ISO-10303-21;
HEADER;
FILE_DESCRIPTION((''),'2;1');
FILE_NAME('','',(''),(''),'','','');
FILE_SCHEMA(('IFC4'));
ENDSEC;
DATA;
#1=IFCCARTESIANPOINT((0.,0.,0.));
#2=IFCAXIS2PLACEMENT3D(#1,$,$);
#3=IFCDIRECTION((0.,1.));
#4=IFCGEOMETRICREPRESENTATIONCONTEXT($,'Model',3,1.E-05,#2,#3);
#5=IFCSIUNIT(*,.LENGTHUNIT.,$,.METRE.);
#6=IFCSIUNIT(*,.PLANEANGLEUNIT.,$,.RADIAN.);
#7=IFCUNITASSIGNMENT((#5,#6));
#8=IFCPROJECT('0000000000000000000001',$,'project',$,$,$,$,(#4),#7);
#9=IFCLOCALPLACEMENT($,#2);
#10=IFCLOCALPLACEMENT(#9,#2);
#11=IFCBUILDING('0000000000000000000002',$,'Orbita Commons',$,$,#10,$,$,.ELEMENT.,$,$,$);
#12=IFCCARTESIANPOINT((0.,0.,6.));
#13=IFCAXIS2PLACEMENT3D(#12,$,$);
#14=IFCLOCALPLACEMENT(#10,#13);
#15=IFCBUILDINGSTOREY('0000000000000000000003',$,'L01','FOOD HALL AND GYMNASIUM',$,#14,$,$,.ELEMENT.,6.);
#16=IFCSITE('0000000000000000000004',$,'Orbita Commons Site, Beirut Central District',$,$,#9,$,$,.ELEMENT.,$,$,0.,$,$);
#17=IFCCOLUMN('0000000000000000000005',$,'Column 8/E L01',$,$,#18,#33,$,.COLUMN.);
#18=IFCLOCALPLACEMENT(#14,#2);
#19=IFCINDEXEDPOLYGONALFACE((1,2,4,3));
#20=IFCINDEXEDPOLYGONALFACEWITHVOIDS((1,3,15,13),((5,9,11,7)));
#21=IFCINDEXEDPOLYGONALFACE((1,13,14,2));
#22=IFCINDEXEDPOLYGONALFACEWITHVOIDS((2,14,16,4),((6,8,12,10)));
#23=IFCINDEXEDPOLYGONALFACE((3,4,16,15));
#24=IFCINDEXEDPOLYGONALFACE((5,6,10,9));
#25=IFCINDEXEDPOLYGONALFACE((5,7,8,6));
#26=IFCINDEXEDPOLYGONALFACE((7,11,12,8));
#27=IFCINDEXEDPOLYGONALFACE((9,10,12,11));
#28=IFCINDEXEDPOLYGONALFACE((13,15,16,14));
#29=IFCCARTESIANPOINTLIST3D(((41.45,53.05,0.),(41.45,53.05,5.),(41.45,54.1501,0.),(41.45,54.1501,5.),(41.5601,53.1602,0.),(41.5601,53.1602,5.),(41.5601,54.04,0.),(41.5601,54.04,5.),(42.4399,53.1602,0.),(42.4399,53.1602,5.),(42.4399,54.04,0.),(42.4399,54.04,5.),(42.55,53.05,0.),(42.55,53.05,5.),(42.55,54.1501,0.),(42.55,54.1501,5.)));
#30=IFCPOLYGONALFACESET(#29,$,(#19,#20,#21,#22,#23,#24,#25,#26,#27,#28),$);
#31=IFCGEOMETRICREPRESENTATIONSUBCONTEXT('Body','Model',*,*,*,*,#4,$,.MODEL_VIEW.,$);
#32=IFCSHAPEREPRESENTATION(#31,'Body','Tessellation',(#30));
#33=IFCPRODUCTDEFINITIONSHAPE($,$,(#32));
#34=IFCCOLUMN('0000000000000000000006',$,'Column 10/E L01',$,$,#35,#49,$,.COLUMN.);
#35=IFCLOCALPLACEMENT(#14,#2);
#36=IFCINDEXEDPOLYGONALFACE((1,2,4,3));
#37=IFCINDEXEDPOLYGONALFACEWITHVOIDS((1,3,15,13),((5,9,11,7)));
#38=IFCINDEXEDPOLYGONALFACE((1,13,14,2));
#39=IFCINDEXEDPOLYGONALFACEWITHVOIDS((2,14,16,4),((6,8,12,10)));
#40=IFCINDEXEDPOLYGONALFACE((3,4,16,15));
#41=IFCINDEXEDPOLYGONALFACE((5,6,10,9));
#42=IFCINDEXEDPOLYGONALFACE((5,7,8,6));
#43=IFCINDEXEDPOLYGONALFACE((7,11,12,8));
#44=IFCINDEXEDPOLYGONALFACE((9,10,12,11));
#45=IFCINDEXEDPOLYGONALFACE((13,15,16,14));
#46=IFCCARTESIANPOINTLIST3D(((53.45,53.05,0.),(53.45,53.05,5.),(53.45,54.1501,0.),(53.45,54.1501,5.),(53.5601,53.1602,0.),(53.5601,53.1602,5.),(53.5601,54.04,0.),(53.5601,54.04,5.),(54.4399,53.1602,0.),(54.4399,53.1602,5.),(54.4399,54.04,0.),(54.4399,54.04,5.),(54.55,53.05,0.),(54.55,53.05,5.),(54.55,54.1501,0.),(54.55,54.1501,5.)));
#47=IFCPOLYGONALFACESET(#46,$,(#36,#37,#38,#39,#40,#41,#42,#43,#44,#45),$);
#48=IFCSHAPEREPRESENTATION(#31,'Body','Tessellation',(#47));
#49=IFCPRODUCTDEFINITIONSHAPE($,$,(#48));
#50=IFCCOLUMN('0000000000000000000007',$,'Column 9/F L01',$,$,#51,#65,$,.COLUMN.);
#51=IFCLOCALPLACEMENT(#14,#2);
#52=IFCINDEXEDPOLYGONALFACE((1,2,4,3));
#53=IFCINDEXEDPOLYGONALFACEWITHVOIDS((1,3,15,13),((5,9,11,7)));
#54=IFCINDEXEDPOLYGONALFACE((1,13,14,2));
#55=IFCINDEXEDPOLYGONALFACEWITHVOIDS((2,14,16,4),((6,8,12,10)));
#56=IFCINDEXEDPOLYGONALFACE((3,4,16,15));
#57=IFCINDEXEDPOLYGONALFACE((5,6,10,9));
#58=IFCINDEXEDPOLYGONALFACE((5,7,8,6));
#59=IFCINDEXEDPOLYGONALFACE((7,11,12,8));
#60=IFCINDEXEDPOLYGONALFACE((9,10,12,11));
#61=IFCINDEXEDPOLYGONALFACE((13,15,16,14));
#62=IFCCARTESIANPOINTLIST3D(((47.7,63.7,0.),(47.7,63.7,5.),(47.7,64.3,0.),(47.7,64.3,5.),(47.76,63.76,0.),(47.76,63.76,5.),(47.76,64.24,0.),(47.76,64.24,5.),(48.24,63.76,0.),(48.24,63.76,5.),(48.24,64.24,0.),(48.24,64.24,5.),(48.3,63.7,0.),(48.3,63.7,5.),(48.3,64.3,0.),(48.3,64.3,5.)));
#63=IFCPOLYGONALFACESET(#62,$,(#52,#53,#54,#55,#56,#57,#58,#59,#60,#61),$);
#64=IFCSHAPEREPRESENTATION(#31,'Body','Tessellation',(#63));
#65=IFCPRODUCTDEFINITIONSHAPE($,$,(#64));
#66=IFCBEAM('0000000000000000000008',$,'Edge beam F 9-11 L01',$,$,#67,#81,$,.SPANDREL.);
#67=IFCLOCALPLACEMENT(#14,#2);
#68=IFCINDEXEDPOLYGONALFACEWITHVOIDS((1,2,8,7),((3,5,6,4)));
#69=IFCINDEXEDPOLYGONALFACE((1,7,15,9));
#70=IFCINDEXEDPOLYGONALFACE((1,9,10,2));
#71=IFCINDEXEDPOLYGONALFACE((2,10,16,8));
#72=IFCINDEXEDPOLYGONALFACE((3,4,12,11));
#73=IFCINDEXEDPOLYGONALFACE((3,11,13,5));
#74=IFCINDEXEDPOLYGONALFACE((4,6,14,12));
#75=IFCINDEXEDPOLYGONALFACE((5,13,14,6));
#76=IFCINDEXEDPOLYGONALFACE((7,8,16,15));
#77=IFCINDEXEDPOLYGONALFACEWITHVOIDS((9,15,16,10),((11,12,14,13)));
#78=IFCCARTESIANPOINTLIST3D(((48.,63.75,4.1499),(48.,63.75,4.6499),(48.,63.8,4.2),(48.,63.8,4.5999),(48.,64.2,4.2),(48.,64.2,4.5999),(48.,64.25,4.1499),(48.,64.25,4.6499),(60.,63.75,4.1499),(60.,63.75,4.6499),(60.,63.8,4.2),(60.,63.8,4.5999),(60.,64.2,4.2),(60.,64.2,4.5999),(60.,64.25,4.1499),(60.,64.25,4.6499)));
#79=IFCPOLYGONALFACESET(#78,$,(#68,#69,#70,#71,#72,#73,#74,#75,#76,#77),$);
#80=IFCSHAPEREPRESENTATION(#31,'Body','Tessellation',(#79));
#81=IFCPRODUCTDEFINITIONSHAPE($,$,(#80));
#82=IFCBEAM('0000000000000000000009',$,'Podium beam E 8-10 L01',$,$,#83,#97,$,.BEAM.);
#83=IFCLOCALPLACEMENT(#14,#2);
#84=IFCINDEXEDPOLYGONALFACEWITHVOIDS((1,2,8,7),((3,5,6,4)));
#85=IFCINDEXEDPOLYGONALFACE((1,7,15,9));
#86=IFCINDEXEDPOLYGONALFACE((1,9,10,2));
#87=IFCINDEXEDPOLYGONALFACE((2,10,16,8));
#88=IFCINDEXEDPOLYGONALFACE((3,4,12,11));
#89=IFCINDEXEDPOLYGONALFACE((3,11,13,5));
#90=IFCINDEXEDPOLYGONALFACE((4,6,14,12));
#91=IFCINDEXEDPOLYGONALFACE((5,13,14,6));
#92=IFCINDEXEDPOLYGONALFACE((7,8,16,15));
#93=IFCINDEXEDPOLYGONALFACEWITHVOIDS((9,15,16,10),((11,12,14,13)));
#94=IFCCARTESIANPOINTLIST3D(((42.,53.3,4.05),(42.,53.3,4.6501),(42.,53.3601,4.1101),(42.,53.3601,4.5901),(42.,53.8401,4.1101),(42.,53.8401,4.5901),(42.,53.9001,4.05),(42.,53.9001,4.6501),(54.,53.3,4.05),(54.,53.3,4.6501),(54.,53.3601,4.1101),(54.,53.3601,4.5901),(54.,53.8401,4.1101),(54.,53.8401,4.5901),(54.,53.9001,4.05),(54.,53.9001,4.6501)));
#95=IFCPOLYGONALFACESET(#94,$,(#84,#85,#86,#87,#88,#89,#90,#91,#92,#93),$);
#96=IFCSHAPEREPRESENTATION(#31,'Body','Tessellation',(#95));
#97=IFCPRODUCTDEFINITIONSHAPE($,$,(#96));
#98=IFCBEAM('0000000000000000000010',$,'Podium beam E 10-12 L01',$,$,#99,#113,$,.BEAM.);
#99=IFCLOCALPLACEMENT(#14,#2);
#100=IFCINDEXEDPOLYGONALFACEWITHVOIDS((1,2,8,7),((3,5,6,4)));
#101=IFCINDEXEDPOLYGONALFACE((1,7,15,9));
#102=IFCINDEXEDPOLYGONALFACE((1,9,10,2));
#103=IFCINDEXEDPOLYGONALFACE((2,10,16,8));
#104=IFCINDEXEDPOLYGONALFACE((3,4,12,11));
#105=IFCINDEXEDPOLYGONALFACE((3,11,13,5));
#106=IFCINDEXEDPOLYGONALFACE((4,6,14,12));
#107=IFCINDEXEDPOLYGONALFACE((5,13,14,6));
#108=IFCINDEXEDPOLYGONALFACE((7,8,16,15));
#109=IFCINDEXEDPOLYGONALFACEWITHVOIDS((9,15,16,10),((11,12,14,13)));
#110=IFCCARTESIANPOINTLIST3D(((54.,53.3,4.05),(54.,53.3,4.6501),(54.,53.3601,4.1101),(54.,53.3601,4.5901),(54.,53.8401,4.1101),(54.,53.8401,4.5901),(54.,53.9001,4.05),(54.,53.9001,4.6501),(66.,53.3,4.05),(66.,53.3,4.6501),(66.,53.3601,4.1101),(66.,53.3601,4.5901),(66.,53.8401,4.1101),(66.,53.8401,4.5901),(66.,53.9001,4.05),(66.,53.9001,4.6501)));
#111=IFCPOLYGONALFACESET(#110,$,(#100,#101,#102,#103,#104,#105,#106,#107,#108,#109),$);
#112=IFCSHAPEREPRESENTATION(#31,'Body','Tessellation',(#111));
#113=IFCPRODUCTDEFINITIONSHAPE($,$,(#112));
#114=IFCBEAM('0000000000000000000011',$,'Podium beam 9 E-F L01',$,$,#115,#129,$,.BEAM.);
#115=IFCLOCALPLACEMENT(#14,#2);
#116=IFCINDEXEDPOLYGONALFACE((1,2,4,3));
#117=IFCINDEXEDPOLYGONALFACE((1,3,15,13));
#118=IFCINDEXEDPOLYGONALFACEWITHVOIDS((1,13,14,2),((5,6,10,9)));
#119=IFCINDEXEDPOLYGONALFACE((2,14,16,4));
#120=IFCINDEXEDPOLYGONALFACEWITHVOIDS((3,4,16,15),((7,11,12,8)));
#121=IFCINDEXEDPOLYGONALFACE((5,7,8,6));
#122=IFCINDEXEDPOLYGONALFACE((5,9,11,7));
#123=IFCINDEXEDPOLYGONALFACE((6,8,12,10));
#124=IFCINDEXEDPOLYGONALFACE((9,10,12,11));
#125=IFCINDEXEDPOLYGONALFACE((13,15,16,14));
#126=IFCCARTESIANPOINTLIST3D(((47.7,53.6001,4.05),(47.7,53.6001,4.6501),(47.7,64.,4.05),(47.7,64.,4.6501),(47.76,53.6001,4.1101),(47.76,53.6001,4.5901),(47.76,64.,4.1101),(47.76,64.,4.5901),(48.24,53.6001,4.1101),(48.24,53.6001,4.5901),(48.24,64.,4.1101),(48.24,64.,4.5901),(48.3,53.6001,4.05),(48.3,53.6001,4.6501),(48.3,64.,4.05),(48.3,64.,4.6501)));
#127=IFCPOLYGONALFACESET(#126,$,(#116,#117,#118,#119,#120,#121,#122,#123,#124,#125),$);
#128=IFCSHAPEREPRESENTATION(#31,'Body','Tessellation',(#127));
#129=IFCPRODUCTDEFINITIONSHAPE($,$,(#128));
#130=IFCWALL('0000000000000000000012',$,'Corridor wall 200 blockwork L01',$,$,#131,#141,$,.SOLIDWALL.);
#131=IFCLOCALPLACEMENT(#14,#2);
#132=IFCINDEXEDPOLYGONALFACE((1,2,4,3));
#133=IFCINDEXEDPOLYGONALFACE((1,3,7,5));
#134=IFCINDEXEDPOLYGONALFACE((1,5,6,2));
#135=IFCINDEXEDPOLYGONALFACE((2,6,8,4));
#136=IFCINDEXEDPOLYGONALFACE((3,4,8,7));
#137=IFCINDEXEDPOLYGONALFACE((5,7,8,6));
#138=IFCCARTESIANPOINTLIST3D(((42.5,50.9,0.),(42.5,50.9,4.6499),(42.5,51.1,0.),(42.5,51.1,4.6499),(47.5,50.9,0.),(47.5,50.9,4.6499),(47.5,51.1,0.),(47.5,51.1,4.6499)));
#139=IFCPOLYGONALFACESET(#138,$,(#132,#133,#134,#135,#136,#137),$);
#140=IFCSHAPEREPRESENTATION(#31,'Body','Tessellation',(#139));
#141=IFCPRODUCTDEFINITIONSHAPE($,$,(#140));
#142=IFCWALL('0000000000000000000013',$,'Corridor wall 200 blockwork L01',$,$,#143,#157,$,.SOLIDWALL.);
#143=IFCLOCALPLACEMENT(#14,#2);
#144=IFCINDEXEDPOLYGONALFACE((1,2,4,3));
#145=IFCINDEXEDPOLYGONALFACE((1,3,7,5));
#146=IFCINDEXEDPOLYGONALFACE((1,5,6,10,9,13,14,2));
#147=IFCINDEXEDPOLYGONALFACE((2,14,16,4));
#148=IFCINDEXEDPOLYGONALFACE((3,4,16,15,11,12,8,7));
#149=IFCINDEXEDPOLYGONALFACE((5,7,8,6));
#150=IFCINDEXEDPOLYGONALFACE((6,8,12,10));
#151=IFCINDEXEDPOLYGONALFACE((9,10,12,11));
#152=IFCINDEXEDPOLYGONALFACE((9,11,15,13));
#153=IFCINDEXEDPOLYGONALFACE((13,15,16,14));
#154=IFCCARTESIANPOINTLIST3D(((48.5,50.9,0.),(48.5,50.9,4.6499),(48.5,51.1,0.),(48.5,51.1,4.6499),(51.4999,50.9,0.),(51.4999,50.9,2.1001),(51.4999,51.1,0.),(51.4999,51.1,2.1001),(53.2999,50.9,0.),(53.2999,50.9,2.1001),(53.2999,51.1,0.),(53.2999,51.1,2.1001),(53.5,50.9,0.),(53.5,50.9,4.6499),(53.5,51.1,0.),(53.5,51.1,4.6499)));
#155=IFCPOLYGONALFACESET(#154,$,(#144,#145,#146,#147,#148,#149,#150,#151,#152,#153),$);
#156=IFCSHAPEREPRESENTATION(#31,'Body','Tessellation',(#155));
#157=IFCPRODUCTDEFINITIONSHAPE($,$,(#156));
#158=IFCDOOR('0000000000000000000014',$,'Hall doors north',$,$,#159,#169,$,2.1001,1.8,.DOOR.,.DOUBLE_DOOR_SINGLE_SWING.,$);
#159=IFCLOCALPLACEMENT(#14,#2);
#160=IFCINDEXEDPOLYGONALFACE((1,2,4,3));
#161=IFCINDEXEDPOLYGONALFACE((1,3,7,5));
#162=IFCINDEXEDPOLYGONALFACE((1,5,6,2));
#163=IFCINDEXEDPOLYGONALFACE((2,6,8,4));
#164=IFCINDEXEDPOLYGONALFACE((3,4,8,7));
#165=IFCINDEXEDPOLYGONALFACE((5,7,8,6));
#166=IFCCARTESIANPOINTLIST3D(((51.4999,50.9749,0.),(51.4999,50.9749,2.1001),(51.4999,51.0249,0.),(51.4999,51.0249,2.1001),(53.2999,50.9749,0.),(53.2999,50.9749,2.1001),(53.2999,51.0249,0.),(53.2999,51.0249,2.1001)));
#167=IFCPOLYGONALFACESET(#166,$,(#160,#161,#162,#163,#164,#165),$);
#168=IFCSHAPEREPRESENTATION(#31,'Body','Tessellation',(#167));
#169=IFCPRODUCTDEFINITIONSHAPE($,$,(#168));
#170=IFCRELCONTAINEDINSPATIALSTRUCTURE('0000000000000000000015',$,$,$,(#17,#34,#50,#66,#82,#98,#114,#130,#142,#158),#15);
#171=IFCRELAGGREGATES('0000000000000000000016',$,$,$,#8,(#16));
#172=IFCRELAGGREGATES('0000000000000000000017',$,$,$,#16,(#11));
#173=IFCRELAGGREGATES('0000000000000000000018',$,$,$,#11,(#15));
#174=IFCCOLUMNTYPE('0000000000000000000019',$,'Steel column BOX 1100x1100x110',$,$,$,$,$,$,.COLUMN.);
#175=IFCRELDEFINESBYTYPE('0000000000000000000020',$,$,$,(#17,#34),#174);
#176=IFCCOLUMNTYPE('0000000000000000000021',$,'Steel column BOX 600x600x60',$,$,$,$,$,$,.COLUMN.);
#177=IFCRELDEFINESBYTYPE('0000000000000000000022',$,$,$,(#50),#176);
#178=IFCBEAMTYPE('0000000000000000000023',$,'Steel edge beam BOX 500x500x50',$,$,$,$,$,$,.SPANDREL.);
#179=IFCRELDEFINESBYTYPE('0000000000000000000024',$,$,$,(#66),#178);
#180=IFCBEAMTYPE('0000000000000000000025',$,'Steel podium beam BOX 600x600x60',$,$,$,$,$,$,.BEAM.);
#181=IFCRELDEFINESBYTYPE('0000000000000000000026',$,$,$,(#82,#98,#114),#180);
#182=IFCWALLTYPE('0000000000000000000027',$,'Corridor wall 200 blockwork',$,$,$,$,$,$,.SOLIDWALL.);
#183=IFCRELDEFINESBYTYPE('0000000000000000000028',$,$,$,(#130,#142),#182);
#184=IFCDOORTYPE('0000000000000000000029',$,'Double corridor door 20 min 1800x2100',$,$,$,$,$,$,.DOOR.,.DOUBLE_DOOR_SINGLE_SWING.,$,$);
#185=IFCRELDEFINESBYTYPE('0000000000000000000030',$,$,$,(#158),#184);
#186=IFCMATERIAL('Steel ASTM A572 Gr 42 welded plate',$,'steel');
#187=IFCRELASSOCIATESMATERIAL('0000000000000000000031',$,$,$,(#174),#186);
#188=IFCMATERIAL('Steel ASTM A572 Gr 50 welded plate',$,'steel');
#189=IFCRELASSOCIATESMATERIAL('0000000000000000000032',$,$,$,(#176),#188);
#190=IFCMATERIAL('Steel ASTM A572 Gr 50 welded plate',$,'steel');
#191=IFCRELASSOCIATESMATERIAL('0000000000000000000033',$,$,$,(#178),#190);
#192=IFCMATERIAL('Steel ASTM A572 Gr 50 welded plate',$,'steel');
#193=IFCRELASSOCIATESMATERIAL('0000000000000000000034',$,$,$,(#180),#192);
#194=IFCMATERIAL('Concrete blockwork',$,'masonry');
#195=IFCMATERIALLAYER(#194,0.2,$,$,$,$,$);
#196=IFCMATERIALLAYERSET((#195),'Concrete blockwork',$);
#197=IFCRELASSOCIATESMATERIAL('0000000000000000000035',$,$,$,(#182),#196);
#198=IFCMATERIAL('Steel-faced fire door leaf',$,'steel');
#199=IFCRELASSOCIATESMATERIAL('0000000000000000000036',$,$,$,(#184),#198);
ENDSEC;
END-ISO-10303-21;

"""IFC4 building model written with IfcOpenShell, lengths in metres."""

from ifc_helpers import new_model, si_unit, direction, frame, frame_2d, origin, origin_2d, place, context, subcontext, project, spatial, rectangle, hollow_rectangle, extrude, material, layer, layer_set, material_profile, profile_set, type_object, element, fill, save


model = new_model("IFC4")

# Units and contexts
model_context = context("Model", 3, precision=1e-05, world=origin(), true_north=direction((0.0, 1.0)))
body_context = subcontext(model_context, "Body", "Model", "MODEL_VIEW")
ifc_project = project(units=[si_unit("LENGTHUNIT", "METRE"), si_unit("PLANEANGLEUNIT", "RADIAN")], contexts=[model_context])

# Site, building, storey
site_placement = place(None, origin())
site = spatial("IfcSite", under=ifc_project, at=site_placement, Name="Orbita Commons Site, Beirut Central District", CompositionType="ELEMENT", RefElevation=0.0)
building_placement = place(site_placement, origin())
building = spatial("IfcBuilding", under=site, at=building_placement, Name="Orbita Commons", CompositionType="ELEMENT")
storey_placement = place(building_placement, frame((0.0, 0.0, 6.0)))
storey = spatial("IfcBuildingStorey", under=building, at=storey_placement, Name="L01", Description="FOOD HALL AND GYMNASIUM", CompositionType="ELEMENT", Elevation=6.0)

# Columns
ifc_material_1 = material(Name="Steel ASTM A572 Gr 42 welded plate", Category="steel")
ifc_material_profile_1 = material_profile(ifc_material_1, hollow_rectangle(XDim=1.1001, YDim=1.1001, WallThickness=0.1101, at=origin_2d()), Name="BOX 1100x1100x110")
ifc_profile_set_1 = profile_set([ifc_material_profile_1], Name="Steel ASTM A572 Gr 42 welded plate")
column_type_1 = type_object("IfcColumnType", Name="Steel column BOX 1100x1100x110", PredefinedType="COLUMN", material=ifc_profile_set_1)
for number, where, z_axis, x_axis, name in (
    (1, (42.0, 53.6001, 0.0), (0.0, 0.0, 1.0), (1.0, 0.0, 0.0), "Column 8/E L01"),
    (2, (54.0, 53.6001, 0.0), (0.0, 0.0, 1.0), (1.0, 0.0, 0.0), "Column 10/E L01"),
):
    element("IfcColumn", number, at=place(storey_placement, frame(where, z_axis=z_axis, x_axis=x_axis)), inside=storey, type_object=column_type_1, Name=name, PredefinedType="COLUMN", context=body_context, shape_type="SweptSolid", body=[
        extrude(hollow_rectangle(XDim=1.1001, YDim=1.1001, WallThickness=0.1101, at=origin_2d()), origin(), (0.0, 0.0, 1.0), 5.0),
    ])
ifc_material_2 = material(Name="Steel ASTM A572 Gr 50 welded plate", Category="steel")
ifc_material_profile_2 = material_profile(ifc_material_2, hollow_rectangle(XDim=0.6001, YDim=0.6001, WallThickness=0.0601, at=origin_2d()), Name="BOX 600x600x60")
ifc_profile_set_2 = profile_set([ifc_material_profile_2], Name="Steel ASTM A572 Gr 50 welded plate")
column_type_2 = type_object("IfcColumnType", Name="Steel column BOX 600x600x60", PredefinedType="COLUMN", material=ifc_profile_set_2)
column_placement = place(storey_placement, frame((48.0, 64.0, 0.0), z_axis=(0.0, 0.0, 1.0), x_axis=(1.0, 0.0, 0.0)))
element("IfcColumn", 3, at=column_placement, inside=storey, type_object=column_type_2, Name="Column 9/F L01", PredefinedType="COLUMN", context=body_context, shape_type="SweptSolid", body=[
    extrude(hollow_rectangle(XDim=0.6001, YDim=0.6001, WallThickness=0.0601, at=origin_2d()), origin(), (0.0, 0.0, 1.0), 5.0),
])

# Beams
ifc_material_3 = material(Name="Steel ASTM A572 Gr 50 welded plate", Category="steel")
ifc_material_profile_3 = material_profile(ifc_material_3, hollow_rectangle(XDim=0.5, YDim=0.5, WallThickness=0.05, at=origin_2d()), Name="BOX 500x500x50")
ifc_profile_set_3 = profile_set([ifc_material_profile_3], Name="Steel ASTM A572 Gr 50 welded plate")
beam_type_1 = type_object("IfcBeamType", Name="Steel edge beam BOX 500x500x50", PredefinedType="SPANDREL", material=ifc_profile_set_3)
beam_1_placement = place(storey_placement, frame((48.0, 64.0, 4.3999), z_axis=(1.0, 0.0, 0.0), x_axis=(0.0, 1.0, 0.0)))
element("IfcBeam", 4, at=beam_1_placement, inside=storey, type_object=beam_type_1, Name="Edge beam F 9-11 L01", PredefinedType="SPANDREL", context=body_context, shape_type="SweptSolid", body=[
    extrude(hollow_rectangle(XDim=0.5, YDim=0.5, WallThickness=0.05, at=origin_2d()), origin(), (0.0, 0.0, 1.0), 12.0),
])
ifc_material_4 = material(Name="Steel ASTM A572 Gr 50 welded plate", Category="steel")
ifc_material_profile_4 = material_profile(ifc_material_4, hollow_rectangle(XDim=0.6001, YDim=0.6001, WallThickness=0.0601, at=origin_2d()), Name="BOX 600x600x60")
ifc_profile_set_4 = profile_set([ifc_material_profile_4], Name="Steel ASTM A572 Gr 50 welded plate")
beam_type_2 = type_object("IfcBeamType", Name="Steel podium beam BOX 600x600x60", PredefinedType="BEAM", material=ifc_profile_set_4)
for number, where, z_axis, x_axis, name in (
    (5, (42.0, 53.6001, 4.3501), (1.0, 0.0, 0.0), (0.0, 1.0, 0.0), "Podium beam E 8-10 L01"),
    (6, (54.0, 53.6001, 4.3501), (1.0, 0.0, 0.0), (0.0, 1.0, 0.0), "Podium beam E 10-12 L01"),
):
    element("IfcBeam", number, at=place(storey_placement, frame(where, z_axis=z_axis, x_axis=x_axis)), inside=storey, type_object=beam_type_2, Name=name, PredefinedType="BEAM", context=body_context, shape_type="SweptSolid", body=[
        extrude(hollow_rectangle(XDim=0.6001, YDim=0.6001, WallThickness=0.0601, at=origin_2d()), origin(), (0.0, 0.0, 1.0), 12.0),
    ])
beam_2_placement = place(storey_placement, frame((48.0, 53.6001, 4.3501), z_axis=(0.0, 1.0, 0.0), x_axis=(-1.0, 0.0, 0.0)))
element("IfcBeam", 7, at=beam_2_placement, inside=storey, type_object=beam_type_2, Name="Podium beam 9 E-F L01", PredefinedType="BEAM", context=body_context, shape_type="SweptSolid", body=[
    extrude(hollow_rectangle(XDim=0.6001, YDim=0.6001, WallThickness=0.0601, at=origin_2d()), origin(), (0.0, 0.0, 1.0), 10.3999),
])

# Wall
ifc_material_5 = material(Name="Concrete blockwork", Category="masonry")
ifc_layer_1 = layer(ifc_material_5, 0.2)
ifc_layer_set_1 = layer_set([ifc_layer_1], Name="Concrete blockwork")
wall_type_1 = type_object("IfcWallType", Name="Corridor wall 200 blockwork", PredefinedType="SOLIDWALL", material=ifc_layer_set_1)
wall_1_placement = place(storey_placement, frame((42.5, 51.0, 0.0), z_axis=(0.0, 0.0, 1.0), x_axis=(1.0, 0.0, 0.0)))
element("IfcWall", 8, at=wall_1_placement, inside=storey, type_object=wall_type_1, Name="Corridor wall 200 blockwork L01", PredefinedType="SOLIDWALL", context=body_context, shape_type="SweptSolid", body=[
    extrude(rectangle(XDim=5.0, YDim=0.2, at=frame_2d((2.5, 0.0))), origin(), (0.0, 0.0, 1.0), 4.6499),
])

# Wall, opening, door
wall_2_placement = place(storey_placement, frame((48.5, 51.0, 0.0), z_axis=(0.0, 0.0, 1.0), x_axis=(1.0, 0.0, 0.0)))
wall_2 = element("IfcWall", 9, at=wall_2_placement, inside=storey, type_object=wall_type_1, Name="Corridor wall 200 blockwork L01", PredefinedType="SOLIDWALL", context=body_context, shape_type="SweptSolid", body=[
    extrude(rectangle(XDim=5.0, YDim=0.2, at=frame_2d((2.5, 0.0))), origin(), (0.0, 0.0, 1.0), 4.6499),
])
opening_1_placement = place(wall_2_placement, frame((3.0, 0.0, 0.0)))
opening_1 = element("IfcOpeningElement", 10, at=opening_1_placement, cuts=wall_2, PredefinedType="OPENING", context=body_context, shape_type="SweptSolid", body=[
    extrude(rectangle(XDim=1.8, YDim=2.1001, at=frame_2d((0.8999, 1.05))), frame((0.0, 0.1099, 0.0), z_axis=(0.0, -1.0, 0.0), x_axis=(1.0, 0.0, 0.0)), (0.0, 0.0, 1.0), 0.22),
])
ifc_material_6 = material(Name="Steel-faced fire door leaf", Category="steel")
door_type_1 = type_object("IfcDoorType", Name="Double corridor door 20 min 1800x2100", OperationType="DOUBLE_DOOR_SINGLE_SWING", PredefinedType="DOOR", material=ifc_material_6)
door_1_placement = place(opening_1_placement, origin())
door_1 = element("IfcDoor", 11, at=door_1_placement, inside=storey, type_object=door_type_1, Name="Hall doors north", OperationType="DOUBLE_DOOR_SINGLE_SWING", OverallHeight=2.1001, OverallWidth=1.8, PredefinedType="DOOR", context=body_context, shape_type="SweptSolid", body=[
    extrude(rectangle(XDim=1.8, YDim=2.1001, at=frame_2d((0.8999, 1.05))), frame((0.0, 0.0249, 0.0), z_axis=(0.0, -1.0, 0.0), x_axis=(1.0, 0.0, 0.0)), (0.0, 0.0, 1.0), 0.05),
])
fill(opening_1, door_1)

save(model, "model.ifc")
